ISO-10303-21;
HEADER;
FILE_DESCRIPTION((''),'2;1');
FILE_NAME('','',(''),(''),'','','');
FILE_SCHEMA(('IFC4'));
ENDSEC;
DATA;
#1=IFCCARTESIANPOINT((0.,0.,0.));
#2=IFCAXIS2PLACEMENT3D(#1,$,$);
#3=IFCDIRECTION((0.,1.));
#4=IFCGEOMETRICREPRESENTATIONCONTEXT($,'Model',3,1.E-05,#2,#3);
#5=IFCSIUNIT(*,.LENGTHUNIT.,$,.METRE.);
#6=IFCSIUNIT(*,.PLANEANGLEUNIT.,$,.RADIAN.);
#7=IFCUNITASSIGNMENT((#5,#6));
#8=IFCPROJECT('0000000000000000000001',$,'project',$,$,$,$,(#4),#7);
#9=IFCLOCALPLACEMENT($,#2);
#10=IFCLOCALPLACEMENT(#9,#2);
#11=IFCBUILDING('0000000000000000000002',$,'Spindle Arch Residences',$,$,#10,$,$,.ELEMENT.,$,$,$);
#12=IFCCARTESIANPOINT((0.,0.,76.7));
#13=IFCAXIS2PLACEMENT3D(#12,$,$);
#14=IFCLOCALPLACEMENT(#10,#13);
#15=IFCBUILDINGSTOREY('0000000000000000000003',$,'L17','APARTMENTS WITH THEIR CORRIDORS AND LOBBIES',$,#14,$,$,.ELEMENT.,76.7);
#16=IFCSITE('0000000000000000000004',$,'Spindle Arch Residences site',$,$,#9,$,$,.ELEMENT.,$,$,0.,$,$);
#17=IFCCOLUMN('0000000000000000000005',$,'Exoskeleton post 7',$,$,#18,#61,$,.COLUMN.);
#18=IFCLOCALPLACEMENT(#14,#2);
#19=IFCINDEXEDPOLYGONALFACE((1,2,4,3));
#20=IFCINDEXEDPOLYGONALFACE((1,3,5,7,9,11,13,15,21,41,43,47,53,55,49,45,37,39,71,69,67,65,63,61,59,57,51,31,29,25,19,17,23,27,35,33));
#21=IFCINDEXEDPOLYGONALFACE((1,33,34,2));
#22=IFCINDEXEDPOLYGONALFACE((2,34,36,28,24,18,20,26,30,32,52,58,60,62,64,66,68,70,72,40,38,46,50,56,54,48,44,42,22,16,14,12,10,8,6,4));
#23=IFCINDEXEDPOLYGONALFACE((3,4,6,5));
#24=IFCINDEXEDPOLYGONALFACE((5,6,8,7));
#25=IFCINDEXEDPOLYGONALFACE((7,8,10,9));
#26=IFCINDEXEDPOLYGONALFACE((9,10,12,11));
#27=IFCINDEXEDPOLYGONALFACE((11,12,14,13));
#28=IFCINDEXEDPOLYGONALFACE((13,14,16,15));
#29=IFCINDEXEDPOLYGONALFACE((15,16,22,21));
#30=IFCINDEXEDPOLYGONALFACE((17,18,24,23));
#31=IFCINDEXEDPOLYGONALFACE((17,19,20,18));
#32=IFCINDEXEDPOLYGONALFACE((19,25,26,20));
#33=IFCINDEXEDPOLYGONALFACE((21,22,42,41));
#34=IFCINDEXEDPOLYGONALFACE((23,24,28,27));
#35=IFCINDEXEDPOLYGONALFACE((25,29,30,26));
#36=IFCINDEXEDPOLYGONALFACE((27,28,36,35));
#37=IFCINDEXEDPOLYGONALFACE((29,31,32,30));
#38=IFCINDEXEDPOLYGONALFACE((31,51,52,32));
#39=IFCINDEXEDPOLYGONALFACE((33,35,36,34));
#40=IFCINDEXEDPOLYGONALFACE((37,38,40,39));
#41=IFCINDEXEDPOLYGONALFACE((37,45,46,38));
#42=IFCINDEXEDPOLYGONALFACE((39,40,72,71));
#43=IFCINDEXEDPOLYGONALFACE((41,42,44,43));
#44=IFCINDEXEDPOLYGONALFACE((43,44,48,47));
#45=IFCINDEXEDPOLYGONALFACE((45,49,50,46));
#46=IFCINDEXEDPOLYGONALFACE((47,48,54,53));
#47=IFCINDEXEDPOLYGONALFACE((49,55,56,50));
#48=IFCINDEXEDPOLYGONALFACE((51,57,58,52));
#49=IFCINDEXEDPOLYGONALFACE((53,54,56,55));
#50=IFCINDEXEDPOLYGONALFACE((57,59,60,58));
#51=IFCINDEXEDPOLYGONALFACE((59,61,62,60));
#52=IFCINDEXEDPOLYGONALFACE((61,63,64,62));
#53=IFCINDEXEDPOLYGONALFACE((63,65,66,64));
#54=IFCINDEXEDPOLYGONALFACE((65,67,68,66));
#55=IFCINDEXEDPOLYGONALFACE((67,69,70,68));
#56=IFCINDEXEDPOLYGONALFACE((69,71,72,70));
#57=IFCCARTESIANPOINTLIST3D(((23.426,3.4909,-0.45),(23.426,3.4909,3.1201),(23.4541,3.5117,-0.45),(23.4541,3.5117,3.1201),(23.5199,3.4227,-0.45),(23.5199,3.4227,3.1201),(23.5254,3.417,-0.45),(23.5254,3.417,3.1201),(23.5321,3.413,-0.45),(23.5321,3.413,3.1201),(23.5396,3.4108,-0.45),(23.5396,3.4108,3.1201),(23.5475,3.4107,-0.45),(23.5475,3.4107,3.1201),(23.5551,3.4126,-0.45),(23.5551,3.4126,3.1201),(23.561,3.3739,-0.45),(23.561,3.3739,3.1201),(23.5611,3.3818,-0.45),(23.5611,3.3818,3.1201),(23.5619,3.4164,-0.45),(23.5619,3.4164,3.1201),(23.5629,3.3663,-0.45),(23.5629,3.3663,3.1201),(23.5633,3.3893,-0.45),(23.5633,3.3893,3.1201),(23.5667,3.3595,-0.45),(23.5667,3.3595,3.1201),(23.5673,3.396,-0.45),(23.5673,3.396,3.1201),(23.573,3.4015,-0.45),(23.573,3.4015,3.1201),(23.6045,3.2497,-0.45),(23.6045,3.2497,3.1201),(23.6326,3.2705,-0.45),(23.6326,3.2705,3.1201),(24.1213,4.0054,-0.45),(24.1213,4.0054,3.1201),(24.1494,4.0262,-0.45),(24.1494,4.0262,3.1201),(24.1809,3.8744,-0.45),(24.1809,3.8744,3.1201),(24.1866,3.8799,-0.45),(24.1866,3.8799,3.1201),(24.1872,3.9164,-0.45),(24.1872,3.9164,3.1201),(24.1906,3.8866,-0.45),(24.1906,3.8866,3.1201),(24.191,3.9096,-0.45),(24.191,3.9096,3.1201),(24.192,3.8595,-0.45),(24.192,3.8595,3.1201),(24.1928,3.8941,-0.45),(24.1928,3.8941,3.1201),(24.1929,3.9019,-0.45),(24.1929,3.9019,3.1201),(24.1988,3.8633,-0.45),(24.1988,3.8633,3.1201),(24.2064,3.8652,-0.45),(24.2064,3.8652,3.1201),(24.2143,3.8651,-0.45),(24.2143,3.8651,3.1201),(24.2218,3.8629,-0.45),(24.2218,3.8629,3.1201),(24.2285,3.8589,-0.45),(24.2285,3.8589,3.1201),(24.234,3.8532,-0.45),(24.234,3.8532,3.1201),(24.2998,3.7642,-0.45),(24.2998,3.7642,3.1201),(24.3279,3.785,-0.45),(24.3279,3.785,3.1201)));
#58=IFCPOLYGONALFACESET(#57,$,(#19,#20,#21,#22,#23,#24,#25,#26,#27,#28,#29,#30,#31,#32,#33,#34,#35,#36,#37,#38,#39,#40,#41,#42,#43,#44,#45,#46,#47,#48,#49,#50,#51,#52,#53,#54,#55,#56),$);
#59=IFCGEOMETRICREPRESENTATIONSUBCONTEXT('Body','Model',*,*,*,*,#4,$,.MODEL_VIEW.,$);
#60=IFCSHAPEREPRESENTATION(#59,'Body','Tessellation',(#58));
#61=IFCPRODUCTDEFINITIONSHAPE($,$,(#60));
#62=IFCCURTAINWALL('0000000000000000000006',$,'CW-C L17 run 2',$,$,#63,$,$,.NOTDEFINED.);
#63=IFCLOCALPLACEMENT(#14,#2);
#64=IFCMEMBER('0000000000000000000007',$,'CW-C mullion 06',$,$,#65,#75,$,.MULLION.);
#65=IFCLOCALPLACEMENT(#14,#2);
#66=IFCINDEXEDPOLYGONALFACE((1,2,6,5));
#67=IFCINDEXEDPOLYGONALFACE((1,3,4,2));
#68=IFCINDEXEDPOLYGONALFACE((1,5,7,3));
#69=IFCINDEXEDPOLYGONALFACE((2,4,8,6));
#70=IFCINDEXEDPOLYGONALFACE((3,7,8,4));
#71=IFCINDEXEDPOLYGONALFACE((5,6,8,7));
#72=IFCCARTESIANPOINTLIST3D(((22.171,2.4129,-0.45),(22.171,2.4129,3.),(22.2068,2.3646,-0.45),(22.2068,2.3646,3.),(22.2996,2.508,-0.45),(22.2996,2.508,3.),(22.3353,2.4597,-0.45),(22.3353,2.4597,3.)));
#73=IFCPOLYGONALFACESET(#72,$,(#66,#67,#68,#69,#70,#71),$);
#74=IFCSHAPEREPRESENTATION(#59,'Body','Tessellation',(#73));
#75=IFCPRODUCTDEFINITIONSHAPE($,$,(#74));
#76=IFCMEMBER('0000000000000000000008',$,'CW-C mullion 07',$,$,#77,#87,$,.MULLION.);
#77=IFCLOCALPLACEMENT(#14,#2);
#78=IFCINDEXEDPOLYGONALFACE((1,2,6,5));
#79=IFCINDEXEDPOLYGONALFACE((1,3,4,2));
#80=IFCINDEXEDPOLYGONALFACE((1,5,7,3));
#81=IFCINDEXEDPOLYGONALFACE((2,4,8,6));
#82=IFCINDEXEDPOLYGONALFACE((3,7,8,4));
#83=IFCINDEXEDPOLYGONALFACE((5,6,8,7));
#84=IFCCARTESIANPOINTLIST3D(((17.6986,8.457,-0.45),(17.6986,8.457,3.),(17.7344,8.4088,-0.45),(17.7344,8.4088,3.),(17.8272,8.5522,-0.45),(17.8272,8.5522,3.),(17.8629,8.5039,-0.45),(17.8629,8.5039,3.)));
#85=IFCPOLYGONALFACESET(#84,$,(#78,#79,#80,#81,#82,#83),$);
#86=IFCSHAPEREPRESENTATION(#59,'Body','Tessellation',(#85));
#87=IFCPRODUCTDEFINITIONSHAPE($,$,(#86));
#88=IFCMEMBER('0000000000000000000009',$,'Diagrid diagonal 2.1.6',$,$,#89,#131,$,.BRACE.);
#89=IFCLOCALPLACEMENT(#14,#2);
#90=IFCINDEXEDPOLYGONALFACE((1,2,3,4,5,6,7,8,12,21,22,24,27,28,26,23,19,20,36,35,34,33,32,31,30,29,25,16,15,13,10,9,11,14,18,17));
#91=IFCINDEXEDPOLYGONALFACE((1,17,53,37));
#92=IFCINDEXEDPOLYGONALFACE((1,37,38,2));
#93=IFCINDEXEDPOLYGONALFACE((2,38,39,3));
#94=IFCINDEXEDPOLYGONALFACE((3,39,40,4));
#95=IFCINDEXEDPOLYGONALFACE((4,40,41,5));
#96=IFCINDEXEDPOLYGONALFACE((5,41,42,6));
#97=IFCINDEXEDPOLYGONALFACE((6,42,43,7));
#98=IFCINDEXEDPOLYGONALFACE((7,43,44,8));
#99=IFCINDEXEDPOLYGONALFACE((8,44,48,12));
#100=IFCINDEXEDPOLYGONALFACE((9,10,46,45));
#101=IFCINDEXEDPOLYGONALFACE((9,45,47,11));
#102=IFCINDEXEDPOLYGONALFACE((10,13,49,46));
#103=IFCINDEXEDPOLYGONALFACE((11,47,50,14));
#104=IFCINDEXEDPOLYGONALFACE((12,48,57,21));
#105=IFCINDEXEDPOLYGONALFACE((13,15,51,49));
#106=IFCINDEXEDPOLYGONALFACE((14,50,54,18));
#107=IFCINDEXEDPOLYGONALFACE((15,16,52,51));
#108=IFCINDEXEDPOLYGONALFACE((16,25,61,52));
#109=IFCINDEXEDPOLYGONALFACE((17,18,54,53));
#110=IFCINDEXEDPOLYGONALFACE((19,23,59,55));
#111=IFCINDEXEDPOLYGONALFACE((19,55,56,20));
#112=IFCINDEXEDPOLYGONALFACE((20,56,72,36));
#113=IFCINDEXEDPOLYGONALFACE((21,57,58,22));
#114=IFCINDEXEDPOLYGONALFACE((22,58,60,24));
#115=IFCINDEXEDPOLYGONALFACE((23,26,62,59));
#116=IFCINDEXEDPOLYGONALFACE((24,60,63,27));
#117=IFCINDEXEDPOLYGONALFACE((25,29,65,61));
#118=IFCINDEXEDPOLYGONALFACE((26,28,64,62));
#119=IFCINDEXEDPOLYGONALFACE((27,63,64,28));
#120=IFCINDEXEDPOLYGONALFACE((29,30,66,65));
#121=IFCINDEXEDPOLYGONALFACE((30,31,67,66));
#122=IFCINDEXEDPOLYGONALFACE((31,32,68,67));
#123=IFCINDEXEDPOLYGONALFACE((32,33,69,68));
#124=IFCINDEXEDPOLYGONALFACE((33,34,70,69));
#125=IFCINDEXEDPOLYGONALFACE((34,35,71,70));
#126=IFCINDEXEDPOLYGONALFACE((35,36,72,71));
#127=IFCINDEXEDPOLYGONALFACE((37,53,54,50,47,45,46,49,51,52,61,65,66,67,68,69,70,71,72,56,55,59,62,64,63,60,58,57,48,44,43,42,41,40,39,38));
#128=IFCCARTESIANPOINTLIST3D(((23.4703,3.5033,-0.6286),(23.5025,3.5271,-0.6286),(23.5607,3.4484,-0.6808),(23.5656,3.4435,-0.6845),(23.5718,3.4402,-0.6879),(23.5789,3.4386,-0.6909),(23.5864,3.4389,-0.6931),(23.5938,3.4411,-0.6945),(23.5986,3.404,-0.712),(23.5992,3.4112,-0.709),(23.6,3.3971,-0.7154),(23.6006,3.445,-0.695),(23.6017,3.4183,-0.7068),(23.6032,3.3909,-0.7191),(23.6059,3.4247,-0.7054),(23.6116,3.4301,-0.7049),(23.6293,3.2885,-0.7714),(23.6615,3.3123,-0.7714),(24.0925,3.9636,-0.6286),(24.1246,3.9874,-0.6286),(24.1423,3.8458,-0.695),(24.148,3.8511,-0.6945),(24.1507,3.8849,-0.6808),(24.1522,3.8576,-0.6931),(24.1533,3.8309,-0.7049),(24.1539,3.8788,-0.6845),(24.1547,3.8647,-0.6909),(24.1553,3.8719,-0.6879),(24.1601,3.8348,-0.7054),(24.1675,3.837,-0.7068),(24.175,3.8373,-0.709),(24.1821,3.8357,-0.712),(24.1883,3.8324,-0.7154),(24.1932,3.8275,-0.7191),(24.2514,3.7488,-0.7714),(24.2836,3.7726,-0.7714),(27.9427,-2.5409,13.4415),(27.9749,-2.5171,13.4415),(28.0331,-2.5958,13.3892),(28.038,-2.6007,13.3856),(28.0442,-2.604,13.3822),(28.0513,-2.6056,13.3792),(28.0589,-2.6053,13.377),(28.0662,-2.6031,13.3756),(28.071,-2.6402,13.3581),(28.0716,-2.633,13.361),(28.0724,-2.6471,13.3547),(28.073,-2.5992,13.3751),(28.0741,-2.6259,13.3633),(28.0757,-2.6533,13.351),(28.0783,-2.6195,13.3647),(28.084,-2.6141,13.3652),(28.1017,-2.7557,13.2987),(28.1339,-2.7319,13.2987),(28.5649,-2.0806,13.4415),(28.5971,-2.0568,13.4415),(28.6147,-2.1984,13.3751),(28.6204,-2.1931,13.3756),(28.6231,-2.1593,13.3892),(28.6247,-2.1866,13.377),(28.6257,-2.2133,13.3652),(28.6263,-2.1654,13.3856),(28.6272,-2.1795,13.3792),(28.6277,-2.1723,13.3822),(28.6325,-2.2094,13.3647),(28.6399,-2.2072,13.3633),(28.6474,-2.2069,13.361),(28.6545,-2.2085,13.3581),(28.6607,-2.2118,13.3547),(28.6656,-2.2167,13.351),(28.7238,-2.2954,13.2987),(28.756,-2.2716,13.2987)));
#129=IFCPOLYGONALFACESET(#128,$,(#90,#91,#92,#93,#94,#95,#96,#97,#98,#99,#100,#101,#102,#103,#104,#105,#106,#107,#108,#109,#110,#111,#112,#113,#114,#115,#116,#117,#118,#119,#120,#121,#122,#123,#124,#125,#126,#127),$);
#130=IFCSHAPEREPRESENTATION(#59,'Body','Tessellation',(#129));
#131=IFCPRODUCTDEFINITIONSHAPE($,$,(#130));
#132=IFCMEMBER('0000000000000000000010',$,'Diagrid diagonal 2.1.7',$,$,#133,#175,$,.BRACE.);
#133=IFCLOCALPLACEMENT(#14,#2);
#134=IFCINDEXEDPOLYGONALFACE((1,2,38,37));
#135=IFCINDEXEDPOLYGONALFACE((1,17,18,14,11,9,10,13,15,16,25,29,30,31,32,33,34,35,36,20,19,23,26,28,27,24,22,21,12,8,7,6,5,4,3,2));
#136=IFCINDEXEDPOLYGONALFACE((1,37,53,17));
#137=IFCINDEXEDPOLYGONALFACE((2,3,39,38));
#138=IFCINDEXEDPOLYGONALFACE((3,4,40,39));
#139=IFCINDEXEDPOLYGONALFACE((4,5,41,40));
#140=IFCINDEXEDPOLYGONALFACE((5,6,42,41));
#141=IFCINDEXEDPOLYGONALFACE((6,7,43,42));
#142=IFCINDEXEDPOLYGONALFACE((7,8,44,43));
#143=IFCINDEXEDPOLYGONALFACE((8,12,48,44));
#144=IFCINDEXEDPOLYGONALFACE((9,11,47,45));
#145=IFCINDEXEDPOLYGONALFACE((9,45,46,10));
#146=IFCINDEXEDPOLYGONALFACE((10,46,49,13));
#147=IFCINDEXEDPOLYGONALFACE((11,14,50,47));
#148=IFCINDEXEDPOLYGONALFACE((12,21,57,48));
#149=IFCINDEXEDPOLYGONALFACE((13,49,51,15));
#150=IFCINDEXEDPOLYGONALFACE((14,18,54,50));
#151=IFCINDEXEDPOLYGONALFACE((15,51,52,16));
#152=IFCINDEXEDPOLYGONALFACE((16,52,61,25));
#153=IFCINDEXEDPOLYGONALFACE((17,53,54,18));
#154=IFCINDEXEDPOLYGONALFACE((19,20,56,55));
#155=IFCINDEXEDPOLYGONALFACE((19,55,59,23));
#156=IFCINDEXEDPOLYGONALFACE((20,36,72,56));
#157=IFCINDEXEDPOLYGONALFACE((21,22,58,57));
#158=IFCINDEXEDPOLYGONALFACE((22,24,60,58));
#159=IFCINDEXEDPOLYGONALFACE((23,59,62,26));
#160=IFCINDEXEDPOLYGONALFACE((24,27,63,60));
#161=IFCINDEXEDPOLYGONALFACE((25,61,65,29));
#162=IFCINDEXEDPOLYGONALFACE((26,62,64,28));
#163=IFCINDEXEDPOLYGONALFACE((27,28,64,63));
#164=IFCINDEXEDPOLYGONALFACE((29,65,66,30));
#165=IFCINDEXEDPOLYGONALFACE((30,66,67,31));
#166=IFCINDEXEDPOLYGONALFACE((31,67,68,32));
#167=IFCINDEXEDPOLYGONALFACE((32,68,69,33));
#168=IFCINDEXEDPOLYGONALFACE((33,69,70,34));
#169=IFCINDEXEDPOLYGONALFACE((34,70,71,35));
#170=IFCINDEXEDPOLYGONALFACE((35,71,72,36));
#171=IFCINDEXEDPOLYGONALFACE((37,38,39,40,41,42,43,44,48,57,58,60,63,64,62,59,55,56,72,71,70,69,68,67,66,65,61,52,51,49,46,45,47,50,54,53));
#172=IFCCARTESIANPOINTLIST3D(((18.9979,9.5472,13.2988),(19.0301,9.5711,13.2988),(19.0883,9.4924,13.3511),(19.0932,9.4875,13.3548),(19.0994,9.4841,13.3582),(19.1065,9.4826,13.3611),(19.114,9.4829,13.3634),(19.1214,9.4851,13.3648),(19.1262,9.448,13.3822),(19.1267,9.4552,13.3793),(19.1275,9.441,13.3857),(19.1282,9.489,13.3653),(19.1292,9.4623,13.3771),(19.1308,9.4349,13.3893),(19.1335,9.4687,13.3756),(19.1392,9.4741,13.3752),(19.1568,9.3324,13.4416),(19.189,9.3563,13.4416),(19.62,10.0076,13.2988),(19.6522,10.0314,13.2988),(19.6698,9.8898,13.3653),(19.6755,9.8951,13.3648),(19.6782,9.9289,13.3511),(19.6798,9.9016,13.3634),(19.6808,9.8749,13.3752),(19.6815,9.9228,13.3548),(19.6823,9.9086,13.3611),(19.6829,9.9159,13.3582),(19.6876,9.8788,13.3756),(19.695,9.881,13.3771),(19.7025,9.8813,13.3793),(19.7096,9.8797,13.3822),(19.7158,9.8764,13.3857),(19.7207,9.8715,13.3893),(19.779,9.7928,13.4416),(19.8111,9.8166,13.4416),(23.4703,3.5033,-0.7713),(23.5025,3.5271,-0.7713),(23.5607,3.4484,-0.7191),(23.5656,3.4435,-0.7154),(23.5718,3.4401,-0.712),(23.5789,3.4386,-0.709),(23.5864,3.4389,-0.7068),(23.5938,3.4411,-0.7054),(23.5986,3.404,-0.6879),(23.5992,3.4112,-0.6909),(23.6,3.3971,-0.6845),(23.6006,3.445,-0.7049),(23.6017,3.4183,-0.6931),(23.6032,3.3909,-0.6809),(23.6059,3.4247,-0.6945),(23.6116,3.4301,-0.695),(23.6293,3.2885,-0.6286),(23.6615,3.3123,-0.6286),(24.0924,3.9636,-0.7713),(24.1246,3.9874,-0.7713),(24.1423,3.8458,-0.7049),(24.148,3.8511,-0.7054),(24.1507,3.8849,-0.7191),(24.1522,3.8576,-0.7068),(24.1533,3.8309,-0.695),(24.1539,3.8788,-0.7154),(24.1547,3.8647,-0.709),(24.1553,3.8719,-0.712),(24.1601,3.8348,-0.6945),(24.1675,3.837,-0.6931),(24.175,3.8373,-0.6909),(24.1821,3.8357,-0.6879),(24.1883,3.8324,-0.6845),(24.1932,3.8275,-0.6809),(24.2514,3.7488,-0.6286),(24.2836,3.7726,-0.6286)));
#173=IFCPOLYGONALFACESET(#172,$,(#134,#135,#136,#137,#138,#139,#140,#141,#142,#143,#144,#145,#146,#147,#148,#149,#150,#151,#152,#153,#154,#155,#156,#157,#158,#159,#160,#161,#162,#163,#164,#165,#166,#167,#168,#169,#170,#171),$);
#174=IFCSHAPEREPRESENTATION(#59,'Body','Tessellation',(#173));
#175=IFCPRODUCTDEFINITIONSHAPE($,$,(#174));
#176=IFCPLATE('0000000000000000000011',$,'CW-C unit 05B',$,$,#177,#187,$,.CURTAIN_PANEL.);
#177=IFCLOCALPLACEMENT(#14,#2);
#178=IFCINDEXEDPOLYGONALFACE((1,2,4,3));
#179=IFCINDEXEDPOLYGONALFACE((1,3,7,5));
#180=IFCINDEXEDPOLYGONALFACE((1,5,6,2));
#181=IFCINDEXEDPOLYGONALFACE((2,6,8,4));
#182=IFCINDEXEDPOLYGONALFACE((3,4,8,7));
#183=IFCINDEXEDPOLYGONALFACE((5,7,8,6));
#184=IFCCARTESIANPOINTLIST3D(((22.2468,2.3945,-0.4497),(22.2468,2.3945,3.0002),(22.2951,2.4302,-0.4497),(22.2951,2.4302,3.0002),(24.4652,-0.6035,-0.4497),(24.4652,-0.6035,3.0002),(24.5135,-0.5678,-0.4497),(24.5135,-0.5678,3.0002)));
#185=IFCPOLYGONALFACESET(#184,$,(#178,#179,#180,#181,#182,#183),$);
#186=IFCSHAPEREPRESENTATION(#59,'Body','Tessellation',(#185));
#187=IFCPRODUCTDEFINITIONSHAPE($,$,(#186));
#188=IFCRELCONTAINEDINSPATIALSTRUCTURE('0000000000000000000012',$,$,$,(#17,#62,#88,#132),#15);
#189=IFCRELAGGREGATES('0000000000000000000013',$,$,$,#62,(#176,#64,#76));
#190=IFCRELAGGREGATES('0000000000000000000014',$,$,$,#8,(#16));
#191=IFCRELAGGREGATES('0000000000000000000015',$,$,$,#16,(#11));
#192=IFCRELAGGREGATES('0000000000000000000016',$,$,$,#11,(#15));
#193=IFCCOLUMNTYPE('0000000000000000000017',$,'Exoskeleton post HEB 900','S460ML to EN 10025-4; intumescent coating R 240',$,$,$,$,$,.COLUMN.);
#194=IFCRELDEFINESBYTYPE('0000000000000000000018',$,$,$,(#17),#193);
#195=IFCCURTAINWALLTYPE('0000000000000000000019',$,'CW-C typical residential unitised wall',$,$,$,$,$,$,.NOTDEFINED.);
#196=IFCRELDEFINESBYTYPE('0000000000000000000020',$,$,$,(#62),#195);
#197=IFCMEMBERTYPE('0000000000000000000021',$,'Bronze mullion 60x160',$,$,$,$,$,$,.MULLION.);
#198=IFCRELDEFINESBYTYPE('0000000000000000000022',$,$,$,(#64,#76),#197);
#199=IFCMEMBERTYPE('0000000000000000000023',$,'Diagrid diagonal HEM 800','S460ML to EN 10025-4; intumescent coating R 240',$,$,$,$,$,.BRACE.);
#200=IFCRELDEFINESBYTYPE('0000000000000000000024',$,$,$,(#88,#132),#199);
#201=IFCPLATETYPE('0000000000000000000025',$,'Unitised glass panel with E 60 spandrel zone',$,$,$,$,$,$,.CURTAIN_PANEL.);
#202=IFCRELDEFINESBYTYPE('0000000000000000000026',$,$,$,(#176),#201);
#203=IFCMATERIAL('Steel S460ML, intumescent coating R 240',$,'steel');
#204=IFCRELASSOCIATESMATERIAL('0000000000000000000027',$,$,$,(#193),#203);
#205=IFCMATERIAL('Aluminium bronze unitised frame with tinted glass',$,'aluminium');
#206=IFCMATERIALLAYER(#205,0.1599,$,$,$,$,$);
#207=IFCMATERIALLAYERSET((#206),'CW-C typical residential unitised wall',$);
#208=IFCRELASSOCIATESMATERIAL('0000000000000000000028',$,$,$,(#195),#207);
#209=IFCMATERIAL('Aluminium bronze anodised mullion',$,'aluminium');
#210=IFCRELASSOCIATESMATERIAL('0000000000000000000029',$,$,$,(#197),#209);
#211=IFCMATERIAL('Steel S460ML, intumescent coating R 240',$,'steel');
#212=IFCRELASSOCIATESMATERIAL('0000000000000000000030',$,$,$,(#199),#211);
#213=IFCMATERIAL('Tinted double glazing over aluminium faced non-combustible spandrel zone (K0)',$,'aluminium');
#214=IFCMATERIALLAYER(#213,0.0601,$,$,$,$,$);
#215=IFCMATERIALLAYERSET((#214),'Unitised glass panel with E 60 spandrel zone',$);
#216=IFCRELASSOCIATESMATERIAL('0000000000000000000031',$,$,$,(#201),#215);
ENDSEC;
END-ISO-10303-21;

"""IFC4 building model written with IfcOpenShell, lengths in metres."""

from ifc_helpers import new_model, si_unit, direction, frame, origin, origin_2d, place, context, subcontext, project, spatial, rectangle, i_section, extrude, material, layer, layer_set, material_profile, profile_set, type_object, element, aggregate, save


model = new_model("IFC4")

# Units and contexts
model_context = context("Model", 3, precision=1e-05, world=origin(), true_north=direction((0.0, 1.0)))
body_context = subcontext(model_context, "Body", "Model", "MODEL_VIEW")
ifc_project = project(units=[si_unit("LENGTHUNIT", "METRE"), si_unit("PLANEANGLEUNIT", "RADIAN")], contexts=[model_context])

# Site, building, storey
site_placement = place(None, origin())
site = spatial("IfcSite", under=ifc_project, at=site_placement, Name="Spindle Arch Residences site", CompositionType="ELEMENT", RefElevation=0.0)
building_placement = place(site_placement, origin())
building = spatial("IfcBuilding", under=site, at=building_placement, Name="Spindle Arch Residences", CompositionType="ELEMENT")
storey_placement = place(building_placement, frame((0.0, 0.0, 76.7)))
storey = spatial("IfcBuildingStorey", under=building, at=storey_placement, Name="L17", Description="APARTMENTS WITH THEIR CORRIDORS AND LOBBIES", CompositionType="ELEMENT", Elevation=76.7)

# Column
ifc_material_1 = material(Name="Steel S460ML, intumescent coating R 240", Category="steel")
ifc_material_profile_1 = material_profile(ifc_material_1, i_section(OverallWidth=0.3, OverallDepth=0.8999, WebThickness=0.0186, FlangeThickness=0.0349, FilletRadius=0.03, at=origin_2d()), Name="HEB 900")
ifc_profile_set_1 = profile_set([ifc_material_profile_1], Name="Steel S460ML, intumescent coating R 240")
column_type = type_object("IfcColumnType", Name="Exoskeleton post HEB 900", Description="S460ML to EN 10025-4; intumescent coating R 240", PredefinedType="COLUMN", material=ifc_profile_set_1)
column_placement = place(storey_placement, frame((23.877, 3.6379, -0.45), z_axis=(0.0, 0.0, 1.0), x_axis=(0.594823, -0.803857, 0.0)))
element("IfcColumn", 1, at=column_placement, inside=storey, type_object=column_type, Name="Exoskeleton post 7", PredefinedType="COLUMN", context=body_context, shape_type="SweptSolid", body=[
    extrude(i_section(OverallWidth=0.3, OverallDepth=0.8999, WebThickness=0.0186, FlangeThickness=0.0349, FilletRadius=0.03, at=origin_2d()), origin(), (0.0, 0.0, 1.0), 3.5701),
])

# Curtain wall, members
ifc_material_2 = material(Name="Aluminium bronze unitised frame with tinted glass", Category="aluminium")
ifc_layer_1 = layer(ifc_material_2, 0.1599)
ifc_layer_set_1 = layer_set([ifc_layer_1], Name="CW-C typical residential unitised wall")
curtain_wall_type = type_object("IfcCurtainWallType", Name="CW-C typical residential unitised wall", PredefinedType="NOTDEFINED", material=ifc_layer_set_1)
curtain_wall_placement = place(storey_placement, origin())
curtain_wall = element("IfcCurtainWall", 2, at=curtain_wall_placement, inside=storey, type_object=curtain_wall_type, Name="CW-C L17 run 2", PredefinedType="NOTDEFINED")
ifc_material_3 = material(Name="Aluminium bronze anodised mullion", Category="aluminium")
ifc_material_profile_2 = material_profile(ifc_material_3, rectangle(XDim=0.1599, YDim=0.0601, at=origin_2d()), Name="MU 60x160")
ifc_profile_set_2 = profile_set([ifc_material_profile_2], Name="Aluminium bronze anodised mullion")
member_type_1 = type_object("IfcMemberType", Name="Bronze mullion 60x160", PredefinedType="MULLION", material=ifc_profile_set_2)
member_1_placement = place(storey_placement, frame((22.2532, 2.4363, -0.45), z_axis=(0.0, 0.0, 1.0), x_axis=(-0.803857, -0.594823, 0.0)))
member_1 = element("IfcMember", 3, at=member_1_placement, type_object=member_type_1, Name="CW-C mullion 06", PredefinedType="MULLION", context=body_context, shape_type="SweptSolid", body=[
    extrude(rectangle(XDim=0.1599, YDim=0.0601, at=origin_2d()), origin(), (0.0, 0.0, 1.0), 3.45),
])
member_2_placement = place(storey_placement, frame((17.7808, 8.4805, -0.45), z_axis=(0.0, 0.0, 1.0), x_axis=(-0.803857, -0.594823, 0.0)))
member_2 = element("IfcMember", 4, at=member_2_placement, type_object=member_type_1, Name="CW-C mullion 07", PredefinedType="MULLION", context=body_context, shape_type="SweptSolid", body=[
    extrude(rectangle(XDim=0.1599, YDim=0.0601, at=origin_2d()), origin(), (0.0, 0.0, 1.0), 3.45),
])

# Members
ifc_material_4 = material(Name="Steel S460ML, intumescent coating R 240", Category="steel")
ifc_material_profile_3 = material_profile(ifc_material_4, i_section(OverallWidth=0.303, OverallDepth=0.814, WebThickness=0.021, FlangeThickness=0.04, FilletRadius=0.03, at=origin_2d()), Name="HEM 800")
ifc_profile_set_3 = profile_set([ifc_material_profile_3], Name="Steel S460ML, intumescent coating R 240")
member_type_2 = type_object("IfcMemberType", Name="Diagrid diagonal HEM 800", Description="S460ML to EN 10025-4; intumescent coating R 240", PredefinedType="BRACE", material=ifc_profile_set_3)
for number, where, z_axis, x_axis, name in (
    (5, (23.877, 3.6379, -0.7), (0.280347, -0.378872, 0.881964), (-0.524608, 0.708976, 0.471316), "Diagrid diagonal 2.1.6"),
    (6, (23.877, 3.6379, -0.7), (-0.280349, 0.378859, 0.881969), (0.524625, -0.70897, 0.471307), "Diagrid diagonal 2.1.7"),
):
    element("IfcMember", number, at=place(storey_placement, frame(where, z_axis=z_axis, x_axis=x_axis)), inside=storey, type_object=member_type_2, Name=name, PredefinedType="BRACE", context=body_context, shape_type="SweptSolid", body=[
        extrude(i_section(OverallWidth=0.303, OverallDepth=0.814, WebThickness=0.021, FlangeThickness=0.04, FilletRadius=0.03, at=origin_2d()), origin(), (0.0, 0.0, 1.0), 15.9531),
    ])

# Plate
ifc_material_5 = material(Name="Tinted double glazing over aluminium faced non-combustible spandrel zone (K0)", Category="aluminium")
ifc_layer_2 = layer(ifc_material_5, 0.0601)
ifc_layer_set_2 = layer_set([ifc_layer_2], Name="Unitised glass panel with E 60 spandrel zone")
plate_type = type_object("IfcPlateType", Name="Unitised glass panel with E 60 spandrel zone", PredefinedType="CURTAIN_PANEL", material=ifc_layer_set_2)
plate_1_placement = place(storey_placement, frame((23.3801, 0.9133, -0.4497), z_axis=(0.0, 0.0, 1.0), x_axis=(-0.594823, 0.803857, 0.0)))
plate_1 = element("IfcPlate", 7, at=plate_1_placement, type_object=plate_type, Name="CW-C unit 05B", PredefinedType="CURTAIN_PANEL", context=body_context, shape_type="SweptSolid", body=[
    extrude(rectangle(XDim=3.7295, YDim=0.0601, at=origin_2d()), origin(), (0.0, 0.0, 1.0), 3.45),
])
aggregate(curtain_wall, [plate_1, member_1, member_2])

save(model, "model.ifc")
